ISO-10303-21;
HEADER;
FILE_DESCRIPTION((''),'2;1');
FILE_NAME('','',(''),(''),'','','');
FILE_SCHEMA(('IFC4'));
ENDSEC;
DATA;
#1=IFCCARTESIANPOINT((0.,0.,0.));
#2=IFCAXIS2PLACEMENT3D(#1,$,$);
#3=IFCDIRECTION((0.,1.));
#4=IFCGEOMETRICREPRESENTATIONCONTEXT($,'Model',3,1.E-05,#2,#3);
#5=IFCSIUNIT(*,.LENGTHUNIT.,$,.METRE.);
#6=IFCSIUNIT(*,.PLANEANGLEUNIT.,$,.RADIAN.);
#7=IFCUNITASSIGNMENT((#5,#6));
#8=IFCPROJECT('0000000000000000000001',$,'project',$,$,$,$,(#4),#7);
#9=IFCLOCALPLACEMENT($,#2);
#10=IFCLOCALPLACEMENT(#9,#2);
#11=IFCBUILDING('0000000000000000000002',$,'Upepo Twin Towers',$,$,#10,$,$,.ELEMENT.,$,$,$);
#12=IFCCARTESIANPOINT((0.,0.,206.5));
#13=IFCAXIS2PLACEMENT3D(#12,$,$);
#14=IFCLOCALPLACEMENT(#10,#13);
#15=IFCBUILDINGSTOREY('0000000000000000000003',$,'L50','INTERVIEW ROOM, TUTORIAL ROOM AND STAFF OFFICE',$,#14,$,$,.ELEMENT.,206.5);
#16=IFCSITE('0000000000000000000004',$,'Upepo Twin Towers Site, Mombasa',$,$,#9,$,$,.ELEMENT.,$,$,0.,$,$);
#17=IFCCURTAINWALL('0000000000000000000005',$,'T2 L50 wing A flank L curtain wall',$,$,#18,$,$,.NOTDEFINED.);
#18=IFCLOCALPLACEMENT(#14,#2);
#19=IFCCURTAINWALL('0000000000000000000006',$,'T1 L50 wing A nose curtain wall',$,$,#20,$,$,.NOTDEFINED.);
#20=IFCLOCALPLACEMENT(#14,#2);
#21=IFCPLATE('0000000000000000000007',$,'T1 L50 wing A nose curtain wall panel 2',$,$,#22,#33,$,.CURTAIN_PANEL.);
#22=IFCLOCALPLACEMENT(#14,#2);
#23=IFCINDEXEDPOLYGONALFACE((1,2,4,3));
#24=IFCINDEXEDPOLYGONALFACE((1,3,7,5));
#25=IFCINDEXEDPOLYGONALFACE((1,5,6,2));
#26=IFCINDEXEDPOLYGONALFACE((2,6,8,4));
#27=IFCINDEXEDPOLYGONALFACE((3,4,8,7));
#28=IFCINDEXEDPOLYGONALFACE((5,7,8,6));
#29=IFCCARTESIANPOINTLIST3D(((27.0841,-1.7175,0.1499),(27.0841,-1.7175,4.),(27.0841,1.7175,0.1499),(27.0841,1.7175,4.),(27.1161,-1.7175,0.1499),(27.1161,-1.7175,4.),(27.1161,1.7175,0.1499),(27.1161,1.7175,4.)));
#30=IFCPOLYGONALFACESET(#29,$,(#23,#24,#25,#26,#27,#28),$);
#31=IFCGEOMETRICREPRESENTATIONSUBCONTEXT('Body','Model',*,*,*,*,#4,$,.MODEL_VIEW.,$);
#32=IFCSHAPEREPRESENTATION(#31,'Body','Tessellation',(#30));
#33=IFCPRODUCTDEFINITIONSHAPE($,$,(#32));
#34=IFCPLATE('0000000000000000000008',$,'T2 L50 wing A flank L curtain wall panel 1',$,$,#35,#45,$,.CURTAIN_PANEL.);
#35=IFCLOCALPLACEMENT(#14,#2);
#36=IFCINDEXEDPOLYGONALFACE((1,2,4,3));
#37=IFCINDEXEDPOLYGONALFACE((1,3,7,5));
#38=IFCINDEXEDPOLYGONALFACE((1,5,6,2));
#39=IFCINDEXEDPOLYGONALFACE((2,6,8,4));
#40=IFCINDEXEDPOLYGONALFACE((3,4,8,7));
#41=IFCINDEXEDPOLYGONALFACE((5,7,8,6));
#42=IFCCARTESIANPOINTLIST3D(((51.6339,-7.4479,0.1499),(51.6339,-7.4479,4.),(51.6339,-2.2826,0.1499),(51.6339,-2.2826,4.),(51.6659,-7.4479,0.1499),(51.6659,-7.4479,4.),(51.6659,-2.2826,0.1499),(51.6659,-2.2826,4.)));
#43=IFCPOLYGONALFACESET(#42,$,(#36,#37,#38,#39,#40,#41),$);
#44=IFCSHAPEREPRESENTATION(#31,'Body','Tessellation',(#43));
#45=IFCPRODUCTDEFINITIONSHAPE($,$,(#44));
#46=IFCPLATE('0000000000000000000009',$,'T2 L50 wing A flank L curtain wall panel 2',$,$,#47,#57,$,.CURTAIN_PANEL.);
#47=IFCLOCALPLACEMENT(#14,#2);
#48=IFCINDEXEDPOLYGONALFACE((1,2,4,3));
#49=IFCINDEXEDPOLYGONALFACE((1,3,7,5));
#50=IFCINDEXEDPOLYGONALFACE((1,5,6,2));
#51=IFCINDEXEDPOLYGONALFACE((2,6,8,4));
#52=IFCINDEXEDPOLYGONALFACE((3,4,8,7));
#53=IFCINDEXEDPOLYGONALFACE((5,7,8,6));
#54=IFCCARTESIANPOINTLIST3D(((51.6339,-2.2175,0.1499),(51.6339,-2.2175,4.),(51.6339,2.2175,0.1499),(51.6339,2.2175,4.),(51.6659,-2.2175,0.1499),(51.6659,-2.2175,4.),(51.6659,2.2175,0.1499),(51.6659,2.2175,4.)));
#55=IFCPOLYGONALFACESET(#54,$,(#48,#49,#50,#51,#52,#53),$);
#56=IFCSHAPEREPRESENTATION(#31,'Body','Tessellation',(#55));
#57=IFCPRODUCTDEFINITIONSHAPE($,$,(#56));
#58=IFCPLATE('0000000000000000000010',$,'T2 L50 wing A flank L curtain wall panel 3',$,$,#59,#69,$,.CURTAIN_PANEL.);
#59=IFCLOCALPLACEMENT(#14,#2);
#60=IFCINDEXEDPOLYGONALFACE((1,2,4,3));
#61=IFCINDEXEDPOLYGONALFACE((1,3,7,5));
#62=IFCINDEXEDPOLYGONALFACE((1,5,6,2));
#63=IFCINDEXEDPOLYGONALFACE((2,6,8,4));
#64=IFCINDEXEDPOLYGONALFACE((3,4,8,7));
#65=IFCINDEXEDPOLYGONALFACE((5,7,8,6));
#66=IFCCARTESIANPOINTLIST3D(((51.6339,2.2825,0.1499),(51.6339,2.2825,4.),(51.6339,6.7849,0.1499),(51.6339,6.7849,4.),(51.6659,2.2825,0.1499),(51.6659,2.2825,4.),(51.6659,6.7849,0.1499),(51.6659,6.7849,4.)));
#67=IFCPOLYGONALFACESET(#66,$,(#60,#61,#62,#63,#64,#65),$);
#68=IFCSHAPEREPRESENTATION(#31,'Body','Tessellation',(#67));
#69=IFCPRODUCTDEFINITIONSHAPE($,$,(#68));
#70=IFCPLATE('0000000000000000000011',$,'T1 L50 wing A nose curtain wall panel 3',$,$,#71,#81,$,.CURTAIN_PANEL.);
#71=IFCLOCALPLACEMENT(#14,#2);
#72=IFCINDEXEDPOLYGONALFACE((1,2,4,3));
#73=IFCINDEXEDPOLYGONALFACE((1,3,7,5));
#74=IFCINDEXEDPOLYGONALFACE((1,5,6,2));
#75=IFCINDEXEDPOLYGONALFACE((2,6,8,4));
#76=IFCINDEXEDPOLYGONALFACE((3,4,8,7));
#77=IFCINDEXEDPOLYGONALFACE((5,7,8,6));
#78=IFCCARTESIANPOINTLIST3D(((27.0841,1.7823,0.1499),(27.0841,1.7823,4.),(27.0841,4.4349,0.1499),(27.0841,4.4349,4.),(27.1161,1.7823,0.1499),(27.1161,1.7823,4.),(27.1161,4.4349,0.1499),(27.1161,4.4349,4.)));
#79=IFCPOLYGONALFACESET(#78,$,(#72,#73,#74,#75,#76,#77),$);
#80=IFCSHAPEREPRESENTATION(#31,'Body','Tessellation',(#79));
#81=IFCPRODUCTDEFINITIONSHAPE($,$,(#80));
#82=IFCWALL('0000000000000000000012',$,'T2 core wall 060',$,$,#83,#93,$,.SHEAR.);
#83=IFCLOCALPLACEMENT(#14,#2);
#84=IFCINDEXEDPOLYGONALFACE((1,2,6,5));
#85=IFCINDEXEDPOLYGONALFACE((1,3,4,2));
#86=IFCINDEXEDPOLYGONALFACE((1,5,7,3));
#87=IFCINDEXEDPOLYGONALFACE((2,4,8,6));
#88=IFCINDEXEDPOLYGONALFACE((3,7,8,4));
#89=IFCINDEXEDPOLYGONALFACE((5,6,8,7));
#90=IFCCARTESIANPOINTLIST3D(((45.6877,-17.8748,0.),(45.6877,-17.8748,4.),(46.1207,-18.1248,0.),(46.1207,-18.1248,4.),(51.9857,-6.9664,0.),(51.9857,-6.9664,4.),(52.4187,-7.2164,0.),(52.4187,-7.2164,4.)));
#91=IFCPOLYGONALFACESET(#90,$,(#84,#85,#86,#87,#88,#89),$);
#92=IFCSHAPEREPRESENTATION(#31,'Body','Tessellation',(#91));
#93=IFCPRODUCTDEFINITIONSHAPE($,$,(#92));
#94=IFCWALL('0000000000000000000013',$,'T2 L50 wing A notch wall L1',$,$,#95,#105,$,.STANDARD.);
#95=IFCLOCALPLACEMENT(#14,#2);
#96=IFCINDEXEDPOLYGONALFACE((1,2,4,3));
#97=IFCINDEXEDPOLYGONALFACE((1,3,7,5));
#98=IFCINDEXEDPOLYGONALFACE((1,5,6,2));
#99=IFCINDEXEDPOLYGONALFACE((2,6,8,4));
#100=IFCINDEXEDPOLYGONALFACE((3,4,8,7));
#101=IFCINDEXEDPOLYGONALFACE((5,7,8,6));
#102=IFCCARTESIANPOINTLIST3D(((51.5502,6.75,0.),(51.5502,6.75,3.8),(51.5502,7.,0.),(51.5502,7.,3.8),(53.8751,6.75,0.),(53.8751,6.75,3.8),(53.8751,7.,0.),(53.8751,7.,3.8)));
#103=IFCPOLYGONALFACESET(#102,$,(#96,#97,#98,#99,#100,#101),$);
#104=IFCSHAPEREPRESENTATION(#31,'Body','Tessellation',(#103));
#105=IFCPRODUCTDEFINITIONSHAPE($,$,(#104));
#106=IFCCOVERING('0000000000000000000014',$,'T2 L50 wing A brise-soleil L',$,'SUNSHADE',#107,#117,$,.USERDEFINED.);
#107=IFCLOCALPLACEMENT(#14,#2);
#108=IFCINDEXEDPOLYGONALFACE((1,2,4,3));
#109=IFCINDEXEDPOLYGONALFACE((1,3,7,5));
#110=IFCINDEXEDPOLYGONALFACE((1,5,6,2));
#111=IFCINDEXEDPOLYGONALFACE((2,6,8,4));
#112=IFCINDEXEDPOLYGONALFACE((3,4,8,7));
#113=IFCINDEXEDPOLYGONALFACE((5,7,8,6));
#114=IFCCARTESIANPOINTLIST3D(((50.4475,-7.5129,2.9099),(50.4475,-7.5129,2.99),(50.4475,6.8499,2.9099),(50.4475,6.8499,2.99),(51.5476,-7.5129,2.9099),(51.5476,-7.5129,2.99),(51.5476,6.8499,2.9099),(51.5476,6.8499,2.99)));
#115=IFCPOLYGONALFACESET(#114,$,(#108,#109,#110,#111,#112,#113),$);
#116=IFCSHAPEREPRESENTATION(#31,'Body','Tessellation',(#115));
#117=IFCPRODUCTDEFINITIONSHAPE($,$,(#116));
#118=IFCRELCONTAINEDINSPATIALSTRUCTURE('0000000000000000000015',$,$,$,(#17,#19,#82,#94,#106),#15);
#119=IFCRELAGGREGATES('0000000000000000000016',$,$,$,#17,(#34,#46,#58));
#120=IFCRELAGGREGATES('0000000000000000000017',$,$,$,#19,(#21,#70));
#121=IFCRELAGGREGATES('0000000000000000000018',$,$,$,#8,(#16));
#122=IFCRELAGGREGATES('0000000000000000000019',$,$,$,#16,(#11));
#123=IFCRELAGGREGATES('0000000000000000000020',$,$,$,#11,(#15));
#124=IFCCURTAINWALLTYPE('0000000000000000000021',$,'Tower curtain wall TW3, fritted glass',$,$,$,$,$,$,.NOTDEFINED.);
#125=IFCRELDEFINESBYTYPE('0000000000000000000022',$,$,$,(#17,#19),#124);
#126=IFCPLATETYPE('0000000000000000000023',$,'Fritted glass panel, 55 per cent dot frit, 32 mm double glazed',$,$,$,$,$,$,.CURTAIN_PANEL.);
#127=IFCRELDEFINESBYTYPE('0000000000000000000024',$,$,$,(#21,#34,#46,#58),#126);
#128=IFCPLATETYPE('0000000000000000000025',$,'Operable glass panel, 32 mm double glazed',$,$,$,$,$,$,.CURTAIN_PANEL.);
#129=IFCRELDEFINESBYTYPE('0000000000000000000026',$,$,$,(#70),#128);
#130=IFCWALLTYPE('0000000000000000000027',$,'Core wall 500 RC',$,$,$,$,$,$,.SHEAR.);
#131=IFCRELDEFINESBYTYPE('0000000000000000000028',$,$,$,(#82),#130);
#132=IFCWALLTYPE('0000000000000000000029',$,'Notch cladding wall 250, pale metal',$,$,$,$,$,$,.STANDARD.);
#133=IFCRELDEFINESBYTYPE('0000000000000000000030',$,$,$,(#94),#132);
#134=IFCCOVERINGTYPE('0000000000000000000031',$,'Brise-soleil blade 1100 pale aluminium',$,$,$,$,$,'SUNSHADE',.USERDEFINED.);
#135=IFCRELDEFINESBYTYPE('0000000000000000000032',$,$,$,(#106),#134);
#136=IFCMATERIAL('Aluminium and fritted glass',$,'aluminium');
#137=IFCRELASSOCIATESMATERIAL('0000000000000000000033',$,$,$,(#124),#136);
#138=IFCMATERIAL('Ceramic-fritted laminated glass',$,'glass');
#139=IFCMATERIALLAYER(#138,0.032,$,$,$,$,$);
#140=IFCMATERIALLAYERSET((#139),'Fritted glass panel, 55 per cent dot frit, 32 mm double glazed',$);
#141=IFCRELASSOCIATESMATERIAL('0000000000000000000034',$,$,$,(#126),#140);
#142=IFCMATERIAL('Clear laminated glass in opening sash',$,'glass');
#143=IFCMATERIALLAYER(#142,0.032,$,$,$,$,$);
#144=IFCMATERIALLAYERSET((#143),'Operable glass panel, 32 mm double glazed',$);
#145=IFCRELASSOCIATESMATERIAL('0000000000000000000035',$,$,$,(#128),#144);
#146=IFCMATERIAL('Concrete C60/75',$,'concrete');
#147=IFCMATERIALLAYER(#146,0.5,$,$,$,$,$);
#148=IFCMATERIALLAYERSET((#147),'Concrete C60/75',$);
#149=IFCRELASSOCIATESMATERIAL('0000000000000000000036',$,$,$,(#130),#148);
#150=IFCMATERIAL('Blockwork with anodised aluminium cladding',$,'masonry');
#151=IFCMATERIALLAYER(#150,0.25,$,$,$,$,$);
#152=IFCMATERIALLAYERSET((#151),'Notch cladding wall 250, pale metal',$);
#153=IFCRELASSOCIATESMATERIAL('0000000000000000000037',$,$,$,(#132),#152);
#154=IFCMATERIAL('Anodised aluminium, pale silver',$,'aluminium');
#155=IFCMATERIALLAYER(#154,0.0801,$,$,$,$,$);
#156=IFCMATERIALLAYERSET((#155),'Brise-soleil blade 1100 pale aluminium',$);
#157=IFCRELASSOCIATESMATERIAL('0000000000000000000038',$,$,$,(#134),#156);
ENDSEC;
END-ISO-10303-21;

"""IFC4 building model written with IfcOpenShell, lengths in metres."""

from ifc_helpers import new_model, si_unit, direction, frame, frame_2d, origin, origin_2d, place, context, subcontext, project, spatial, rectangle, extrude, material, layer, layer_set, type_object, element, aggregate, save


model = new_model("IFC4")

# Units and contexts
model_context = context("Model", 3, precision=1e-05, world=origin(), true_north=direction((0.0, 1.0)))
body_context = subcontext(model_context, "Body", "Model", "MODEL_VIEW")
ifc_project = project(units=[si_unit("LENGTHUNIT", "METRE"), si_unit("PLANEANGLEUNIT", "RADIAN")], contexts=[model_context])

# Site, building, storey
site_placement = place(None, origin())
site = spatial("IfcSite", under=ifc_project, at=site_placement, Name="Upepo Twin Towers Site, Mombasa", CompositionType="ELEMENT", RefElevation=0.0)
building_placement = place(site_placement, origin())
building = spatial("IfcBuilding", under=site, at=building_placement, Name="Upepo Twin Towers", CompositionType="ELEMENT")
storey_placement = place(building_placement, frame((0.0, 0.0, 206.5)))
storey = spatial("IfcBuildingStorey", under=building, at=storey_placement, Name="L50", Description="INTERVIEW ROOM, TUTORIAL ROOM AND STAFF OFFICE", CompositionType="ELEMENT", Elevation=206.5)

# Curtain wall
ifc_material_1 = material(Name="Aluminium and fritted glass", Category="aluminium")
curtain_wall_type = type_object("IfcCurtainWallType", Name="Tower curtain wall TW3, fritted glass", PredefinedType="NOTDEFINED", material=ifc_material_1)
curtain_wall_1_placement = place(storey_placement, origin())
curtain_wall_1 = element("IfcCurtainWall", 1, at=curtain_wall_1_placement, inside=storey, type_object=curtain_wall_type, Name="T2 L50 wing A flank L curtain wall", PredefinedType="NOTDEFINED")

# Curtain wall
curtain_wall_2_placement = place(storey_placement, origin())
curtain_wall_2 = element("IfcCurtainWall", 2, at=curtain_wall_2_placement, inside=storey, type_object=curtain_wall_type, Name="T1 L50 wing A nose curtain wall", PredefinedType="NOTDEFINED")

# Plates
ifc_material_2 = material(Name="Ceramic-fritted laminated glass", Category="glass")
ifc_layer_1 = layer(ifc_material_2, 0.032)
ifc_layer_set_1 = layer_set([ifc_layer_1], Name="Fritted glass panel, 55 per cent dot frit, 32 mm double glazed")
plate_type_1 = type_object("IfcPlateType", Name="Fritted glass panel, 55 per cent dot frit, 32 mm double glazed", PredefinedType="CURTAIN_PANEL", material=ifc_layer_set_1)
plate_1_placement = place(storey_placement, frame((27.1001, 0.0, 0.1499), z_axis=(0.0, 0.0, 1.0), x_axis=(0.0, 1.0, 0.0)))
plate_1 = element("IfcPlate", 3, at=plate_1_placement, type_object=plate_type_1, Name="T1 L50 wing A nose curtain wall panel 2", PredefinedType="CURTAIN_PANEL", context=body_context, shape_type="SweptSolid", body=[
    extrude(rectangle(XDim=3.4351, YDim=0.032, at=origin_2d()), origin(), (0.0, 0.0, 1.0), 3.8501),
])
plate_2_placement = place(storey_placement, frame((51.6499, -4.8652, 0.1499), z_axis=(0.0, 0.0, 1.0), x_axis=(0.0, 1.0, 0.0)))
plate_2 = element("IfcPlate", 4, at=plate_2_placement, type_object=plate_type_1, Name="T2 L50 wing A flank L curtain wall panel 1", PredefinedType="CURTAIN_PANEL", context=body_context, shape_type="SweptSolid", body=[
    extrude(rectangle(XDim=5.1653, YDim=0.032, at=origin_2d()), origin(), (0.0, 0.0, 1.0), 3.8501),
])
plate_3_placement = place(storey_placement, frame((51.6499, 0.0, 0.1499), z_axis=(0.0, 0.0, 1.0), x_axis=(0.0, 1.0, 0.0)))
plate_3 = element("IfcPlate", 5, at=plate_3_placement, type_object=plate_type_1, Name="T2 L50 wing A flank L curtain wall panel 2", PredefinedType="CURTAIN_PANEL", context=body_context, shape_type="SweptSolid", body=[
    extrude(rectangle(XDim=4.4351, YDim=0.032, at=origin_2d()), origin(), (0.0, 0.0, 1.0), 3.8501),
])
plate_4_placement = place(storey_placement, frame((51.6499, 4.5337, 0.1499), z_axis=(0.0, 0.0, 1.0), x_axis=(0.0, 1.0, 0.0)))
plate_4 = element("IfcPlate", 6, at=plate_4_placement, type_object=plate_type_1, Name="T2 L50 wing A flank L curtain wall panel 3", PredefinedType="CURTAIN_PANEL", context=body_context, shape_type="SweptSolid", body=[
    extrude(rectangle(XDim=4.5024, YDim=0.032, at=origin_2d()), origin(), (0.0, 0.0, 1.0), 3.8501),
])
aggregate(curtain_wall_1, [plate_2, plate_3, plate_4])
ifc_material_3 = material(Name="Clear laminated glass in opening sash", Category="glass")
ifc_layer_2 = layer(ifc_material_3, 0.032)
ifc_layer_set_2 = layer_set([ifc_layer_2], Name="Operable glass panel, 32 mm double glazed")
plate_type_2 = type_object("IfcPlateType", Name="Operable glass panel, 32 mm double glazed", PredefinedType="CURTAIN_PANEL", material=ifc_layer_set_2)
plate_5_placement = place(storey_placement, frame((27.1001, 3.1086, 0.1499), z_axis=(0.0, 0.0, 1.0), x_axis=(0.0, 1.0, 0.0)))
plate_5 = element("IfcPlate", 7, at=plate_5_placement, type_object=plate_type_2, Name="T1 L50 wing A nose curtain wall panel 3", PredefinedType="CURTAIN_PANEL", context=body_context, shape_type="SweptSolid", body=[
    extrude(rectangle(XDim=2.6526, YDim=0.032, at=origin_2d()), origin(), (0.0, 0.0, 1.0), 3.8501),
])
aggregate(curtain_wall_2, [plate_1, plate_5])

# Walls
ifc_material_4 = material(Name="Concrete C60/75", Category="concrete")
ifc_layer_3 = layer(ifc_material_4, 0.5)
ifc_layer_set_3 = layer_set([ifc_layer_3], Name="Concrete C60/75")
wall_type_1 = type_object("IfcWallType", Name="Core wall 500 RC", PredefinedType="SHEAR", material=ifc_layer_set_3)
wall_1_placement = place(storey_placement, frame((52.2021, -7.0916, 0.0), z_axis=(0.0, 0.0, 1.0), x_axis=(-0.500006, -0.866022, 0.0)))
element("IfcWall", 8, at=wall_1_placement, inside=storey, type_object=wall_type_1, Name="T2 core wall 060", PredefinedType="SHEAR", context=body_context, shape_type="SweptSolid", body=[
    extrude(rectangle(XDim=12.5959, YDim=0.5, at=frame_2d((6.2979, 0.0))), origin(), (0.0, 0.0, 1.0), 4.0),
])
ifc_material_5 = material(Name="Blockwork with anodised aluminium cladding", Category="masonry")
ifc_layer_4 = layer(ifc_material_5, 0.25)
ifc_layer_set_4 = layer_set([ifc_layer_4], Name="Notch cladding wall 250, pale metal")
wall_type_2 = type_object("IfcWallType", Name="Notch cladding wall 250, pale metal", PredefinedType="STANDARD", material=ifc_layer_set_4)
wall_2_placement = place(storey_placement, frame((51.55, 6.875, 0.0), z_axis=(0.0, 0.0, 1.0), x_axis=(1.0, 0.0, 0.0)))
element("IfcWall", 9, at=wall_2_placement, inside=storey, type_object=wall_type_2, Name="T2 L50 wing A notch wall L1", PredefinedType="STANDARD", context=body_context, shape_type="SweptSolid", body=[
    extrude(rectangle(XDim=2.325, YDim=0.25, at=frame_2d((1.1626, 0.0))), origin(), (0.0, 0.0, 1.0), 3.8),
])

# Covering
ifc_material_6 = material(Name="Anodised aluminium, pale silver", Category="aluminium")
ifc_layer_5 = layer(ifc_material_6, 0.0801)
ifc_layer_set_5 = layer_set([ifc_layer_5], Name="Brise-soleil blade 1100 pale aluminium")
covering_type = type_object("IfcCoveringType", Name="Brise-soleil blade 1100 pale aluminium", ElementType="SUNSHADE", PredefinedType="USERDEFINED", material=ifc_layer_set_5)
covering_placement = place(storey_placement, frame((50.9976, -0.3315, 2.9099), z_axis=(0.0, 0.0, 1.0), x_axis=(0.0, 1.0, 0.0)))
element("IfcCovering", 10, at=covering_placement, inside=storey, type_object=covering_type, Name="T2 L50 wing A brise-soleil L", ObjectType="SUNSHADE", PredefinedType="USERDEFINED", context=body_context, shape_type="SweptSolid", body=[
    extrude(rectangle(XDim=14.3628, YDim=1.1001, at=origin_2d()), origin(), (0.0, 0.0, 1.0), 0.0801),
])

save(model, "model.ifc")
